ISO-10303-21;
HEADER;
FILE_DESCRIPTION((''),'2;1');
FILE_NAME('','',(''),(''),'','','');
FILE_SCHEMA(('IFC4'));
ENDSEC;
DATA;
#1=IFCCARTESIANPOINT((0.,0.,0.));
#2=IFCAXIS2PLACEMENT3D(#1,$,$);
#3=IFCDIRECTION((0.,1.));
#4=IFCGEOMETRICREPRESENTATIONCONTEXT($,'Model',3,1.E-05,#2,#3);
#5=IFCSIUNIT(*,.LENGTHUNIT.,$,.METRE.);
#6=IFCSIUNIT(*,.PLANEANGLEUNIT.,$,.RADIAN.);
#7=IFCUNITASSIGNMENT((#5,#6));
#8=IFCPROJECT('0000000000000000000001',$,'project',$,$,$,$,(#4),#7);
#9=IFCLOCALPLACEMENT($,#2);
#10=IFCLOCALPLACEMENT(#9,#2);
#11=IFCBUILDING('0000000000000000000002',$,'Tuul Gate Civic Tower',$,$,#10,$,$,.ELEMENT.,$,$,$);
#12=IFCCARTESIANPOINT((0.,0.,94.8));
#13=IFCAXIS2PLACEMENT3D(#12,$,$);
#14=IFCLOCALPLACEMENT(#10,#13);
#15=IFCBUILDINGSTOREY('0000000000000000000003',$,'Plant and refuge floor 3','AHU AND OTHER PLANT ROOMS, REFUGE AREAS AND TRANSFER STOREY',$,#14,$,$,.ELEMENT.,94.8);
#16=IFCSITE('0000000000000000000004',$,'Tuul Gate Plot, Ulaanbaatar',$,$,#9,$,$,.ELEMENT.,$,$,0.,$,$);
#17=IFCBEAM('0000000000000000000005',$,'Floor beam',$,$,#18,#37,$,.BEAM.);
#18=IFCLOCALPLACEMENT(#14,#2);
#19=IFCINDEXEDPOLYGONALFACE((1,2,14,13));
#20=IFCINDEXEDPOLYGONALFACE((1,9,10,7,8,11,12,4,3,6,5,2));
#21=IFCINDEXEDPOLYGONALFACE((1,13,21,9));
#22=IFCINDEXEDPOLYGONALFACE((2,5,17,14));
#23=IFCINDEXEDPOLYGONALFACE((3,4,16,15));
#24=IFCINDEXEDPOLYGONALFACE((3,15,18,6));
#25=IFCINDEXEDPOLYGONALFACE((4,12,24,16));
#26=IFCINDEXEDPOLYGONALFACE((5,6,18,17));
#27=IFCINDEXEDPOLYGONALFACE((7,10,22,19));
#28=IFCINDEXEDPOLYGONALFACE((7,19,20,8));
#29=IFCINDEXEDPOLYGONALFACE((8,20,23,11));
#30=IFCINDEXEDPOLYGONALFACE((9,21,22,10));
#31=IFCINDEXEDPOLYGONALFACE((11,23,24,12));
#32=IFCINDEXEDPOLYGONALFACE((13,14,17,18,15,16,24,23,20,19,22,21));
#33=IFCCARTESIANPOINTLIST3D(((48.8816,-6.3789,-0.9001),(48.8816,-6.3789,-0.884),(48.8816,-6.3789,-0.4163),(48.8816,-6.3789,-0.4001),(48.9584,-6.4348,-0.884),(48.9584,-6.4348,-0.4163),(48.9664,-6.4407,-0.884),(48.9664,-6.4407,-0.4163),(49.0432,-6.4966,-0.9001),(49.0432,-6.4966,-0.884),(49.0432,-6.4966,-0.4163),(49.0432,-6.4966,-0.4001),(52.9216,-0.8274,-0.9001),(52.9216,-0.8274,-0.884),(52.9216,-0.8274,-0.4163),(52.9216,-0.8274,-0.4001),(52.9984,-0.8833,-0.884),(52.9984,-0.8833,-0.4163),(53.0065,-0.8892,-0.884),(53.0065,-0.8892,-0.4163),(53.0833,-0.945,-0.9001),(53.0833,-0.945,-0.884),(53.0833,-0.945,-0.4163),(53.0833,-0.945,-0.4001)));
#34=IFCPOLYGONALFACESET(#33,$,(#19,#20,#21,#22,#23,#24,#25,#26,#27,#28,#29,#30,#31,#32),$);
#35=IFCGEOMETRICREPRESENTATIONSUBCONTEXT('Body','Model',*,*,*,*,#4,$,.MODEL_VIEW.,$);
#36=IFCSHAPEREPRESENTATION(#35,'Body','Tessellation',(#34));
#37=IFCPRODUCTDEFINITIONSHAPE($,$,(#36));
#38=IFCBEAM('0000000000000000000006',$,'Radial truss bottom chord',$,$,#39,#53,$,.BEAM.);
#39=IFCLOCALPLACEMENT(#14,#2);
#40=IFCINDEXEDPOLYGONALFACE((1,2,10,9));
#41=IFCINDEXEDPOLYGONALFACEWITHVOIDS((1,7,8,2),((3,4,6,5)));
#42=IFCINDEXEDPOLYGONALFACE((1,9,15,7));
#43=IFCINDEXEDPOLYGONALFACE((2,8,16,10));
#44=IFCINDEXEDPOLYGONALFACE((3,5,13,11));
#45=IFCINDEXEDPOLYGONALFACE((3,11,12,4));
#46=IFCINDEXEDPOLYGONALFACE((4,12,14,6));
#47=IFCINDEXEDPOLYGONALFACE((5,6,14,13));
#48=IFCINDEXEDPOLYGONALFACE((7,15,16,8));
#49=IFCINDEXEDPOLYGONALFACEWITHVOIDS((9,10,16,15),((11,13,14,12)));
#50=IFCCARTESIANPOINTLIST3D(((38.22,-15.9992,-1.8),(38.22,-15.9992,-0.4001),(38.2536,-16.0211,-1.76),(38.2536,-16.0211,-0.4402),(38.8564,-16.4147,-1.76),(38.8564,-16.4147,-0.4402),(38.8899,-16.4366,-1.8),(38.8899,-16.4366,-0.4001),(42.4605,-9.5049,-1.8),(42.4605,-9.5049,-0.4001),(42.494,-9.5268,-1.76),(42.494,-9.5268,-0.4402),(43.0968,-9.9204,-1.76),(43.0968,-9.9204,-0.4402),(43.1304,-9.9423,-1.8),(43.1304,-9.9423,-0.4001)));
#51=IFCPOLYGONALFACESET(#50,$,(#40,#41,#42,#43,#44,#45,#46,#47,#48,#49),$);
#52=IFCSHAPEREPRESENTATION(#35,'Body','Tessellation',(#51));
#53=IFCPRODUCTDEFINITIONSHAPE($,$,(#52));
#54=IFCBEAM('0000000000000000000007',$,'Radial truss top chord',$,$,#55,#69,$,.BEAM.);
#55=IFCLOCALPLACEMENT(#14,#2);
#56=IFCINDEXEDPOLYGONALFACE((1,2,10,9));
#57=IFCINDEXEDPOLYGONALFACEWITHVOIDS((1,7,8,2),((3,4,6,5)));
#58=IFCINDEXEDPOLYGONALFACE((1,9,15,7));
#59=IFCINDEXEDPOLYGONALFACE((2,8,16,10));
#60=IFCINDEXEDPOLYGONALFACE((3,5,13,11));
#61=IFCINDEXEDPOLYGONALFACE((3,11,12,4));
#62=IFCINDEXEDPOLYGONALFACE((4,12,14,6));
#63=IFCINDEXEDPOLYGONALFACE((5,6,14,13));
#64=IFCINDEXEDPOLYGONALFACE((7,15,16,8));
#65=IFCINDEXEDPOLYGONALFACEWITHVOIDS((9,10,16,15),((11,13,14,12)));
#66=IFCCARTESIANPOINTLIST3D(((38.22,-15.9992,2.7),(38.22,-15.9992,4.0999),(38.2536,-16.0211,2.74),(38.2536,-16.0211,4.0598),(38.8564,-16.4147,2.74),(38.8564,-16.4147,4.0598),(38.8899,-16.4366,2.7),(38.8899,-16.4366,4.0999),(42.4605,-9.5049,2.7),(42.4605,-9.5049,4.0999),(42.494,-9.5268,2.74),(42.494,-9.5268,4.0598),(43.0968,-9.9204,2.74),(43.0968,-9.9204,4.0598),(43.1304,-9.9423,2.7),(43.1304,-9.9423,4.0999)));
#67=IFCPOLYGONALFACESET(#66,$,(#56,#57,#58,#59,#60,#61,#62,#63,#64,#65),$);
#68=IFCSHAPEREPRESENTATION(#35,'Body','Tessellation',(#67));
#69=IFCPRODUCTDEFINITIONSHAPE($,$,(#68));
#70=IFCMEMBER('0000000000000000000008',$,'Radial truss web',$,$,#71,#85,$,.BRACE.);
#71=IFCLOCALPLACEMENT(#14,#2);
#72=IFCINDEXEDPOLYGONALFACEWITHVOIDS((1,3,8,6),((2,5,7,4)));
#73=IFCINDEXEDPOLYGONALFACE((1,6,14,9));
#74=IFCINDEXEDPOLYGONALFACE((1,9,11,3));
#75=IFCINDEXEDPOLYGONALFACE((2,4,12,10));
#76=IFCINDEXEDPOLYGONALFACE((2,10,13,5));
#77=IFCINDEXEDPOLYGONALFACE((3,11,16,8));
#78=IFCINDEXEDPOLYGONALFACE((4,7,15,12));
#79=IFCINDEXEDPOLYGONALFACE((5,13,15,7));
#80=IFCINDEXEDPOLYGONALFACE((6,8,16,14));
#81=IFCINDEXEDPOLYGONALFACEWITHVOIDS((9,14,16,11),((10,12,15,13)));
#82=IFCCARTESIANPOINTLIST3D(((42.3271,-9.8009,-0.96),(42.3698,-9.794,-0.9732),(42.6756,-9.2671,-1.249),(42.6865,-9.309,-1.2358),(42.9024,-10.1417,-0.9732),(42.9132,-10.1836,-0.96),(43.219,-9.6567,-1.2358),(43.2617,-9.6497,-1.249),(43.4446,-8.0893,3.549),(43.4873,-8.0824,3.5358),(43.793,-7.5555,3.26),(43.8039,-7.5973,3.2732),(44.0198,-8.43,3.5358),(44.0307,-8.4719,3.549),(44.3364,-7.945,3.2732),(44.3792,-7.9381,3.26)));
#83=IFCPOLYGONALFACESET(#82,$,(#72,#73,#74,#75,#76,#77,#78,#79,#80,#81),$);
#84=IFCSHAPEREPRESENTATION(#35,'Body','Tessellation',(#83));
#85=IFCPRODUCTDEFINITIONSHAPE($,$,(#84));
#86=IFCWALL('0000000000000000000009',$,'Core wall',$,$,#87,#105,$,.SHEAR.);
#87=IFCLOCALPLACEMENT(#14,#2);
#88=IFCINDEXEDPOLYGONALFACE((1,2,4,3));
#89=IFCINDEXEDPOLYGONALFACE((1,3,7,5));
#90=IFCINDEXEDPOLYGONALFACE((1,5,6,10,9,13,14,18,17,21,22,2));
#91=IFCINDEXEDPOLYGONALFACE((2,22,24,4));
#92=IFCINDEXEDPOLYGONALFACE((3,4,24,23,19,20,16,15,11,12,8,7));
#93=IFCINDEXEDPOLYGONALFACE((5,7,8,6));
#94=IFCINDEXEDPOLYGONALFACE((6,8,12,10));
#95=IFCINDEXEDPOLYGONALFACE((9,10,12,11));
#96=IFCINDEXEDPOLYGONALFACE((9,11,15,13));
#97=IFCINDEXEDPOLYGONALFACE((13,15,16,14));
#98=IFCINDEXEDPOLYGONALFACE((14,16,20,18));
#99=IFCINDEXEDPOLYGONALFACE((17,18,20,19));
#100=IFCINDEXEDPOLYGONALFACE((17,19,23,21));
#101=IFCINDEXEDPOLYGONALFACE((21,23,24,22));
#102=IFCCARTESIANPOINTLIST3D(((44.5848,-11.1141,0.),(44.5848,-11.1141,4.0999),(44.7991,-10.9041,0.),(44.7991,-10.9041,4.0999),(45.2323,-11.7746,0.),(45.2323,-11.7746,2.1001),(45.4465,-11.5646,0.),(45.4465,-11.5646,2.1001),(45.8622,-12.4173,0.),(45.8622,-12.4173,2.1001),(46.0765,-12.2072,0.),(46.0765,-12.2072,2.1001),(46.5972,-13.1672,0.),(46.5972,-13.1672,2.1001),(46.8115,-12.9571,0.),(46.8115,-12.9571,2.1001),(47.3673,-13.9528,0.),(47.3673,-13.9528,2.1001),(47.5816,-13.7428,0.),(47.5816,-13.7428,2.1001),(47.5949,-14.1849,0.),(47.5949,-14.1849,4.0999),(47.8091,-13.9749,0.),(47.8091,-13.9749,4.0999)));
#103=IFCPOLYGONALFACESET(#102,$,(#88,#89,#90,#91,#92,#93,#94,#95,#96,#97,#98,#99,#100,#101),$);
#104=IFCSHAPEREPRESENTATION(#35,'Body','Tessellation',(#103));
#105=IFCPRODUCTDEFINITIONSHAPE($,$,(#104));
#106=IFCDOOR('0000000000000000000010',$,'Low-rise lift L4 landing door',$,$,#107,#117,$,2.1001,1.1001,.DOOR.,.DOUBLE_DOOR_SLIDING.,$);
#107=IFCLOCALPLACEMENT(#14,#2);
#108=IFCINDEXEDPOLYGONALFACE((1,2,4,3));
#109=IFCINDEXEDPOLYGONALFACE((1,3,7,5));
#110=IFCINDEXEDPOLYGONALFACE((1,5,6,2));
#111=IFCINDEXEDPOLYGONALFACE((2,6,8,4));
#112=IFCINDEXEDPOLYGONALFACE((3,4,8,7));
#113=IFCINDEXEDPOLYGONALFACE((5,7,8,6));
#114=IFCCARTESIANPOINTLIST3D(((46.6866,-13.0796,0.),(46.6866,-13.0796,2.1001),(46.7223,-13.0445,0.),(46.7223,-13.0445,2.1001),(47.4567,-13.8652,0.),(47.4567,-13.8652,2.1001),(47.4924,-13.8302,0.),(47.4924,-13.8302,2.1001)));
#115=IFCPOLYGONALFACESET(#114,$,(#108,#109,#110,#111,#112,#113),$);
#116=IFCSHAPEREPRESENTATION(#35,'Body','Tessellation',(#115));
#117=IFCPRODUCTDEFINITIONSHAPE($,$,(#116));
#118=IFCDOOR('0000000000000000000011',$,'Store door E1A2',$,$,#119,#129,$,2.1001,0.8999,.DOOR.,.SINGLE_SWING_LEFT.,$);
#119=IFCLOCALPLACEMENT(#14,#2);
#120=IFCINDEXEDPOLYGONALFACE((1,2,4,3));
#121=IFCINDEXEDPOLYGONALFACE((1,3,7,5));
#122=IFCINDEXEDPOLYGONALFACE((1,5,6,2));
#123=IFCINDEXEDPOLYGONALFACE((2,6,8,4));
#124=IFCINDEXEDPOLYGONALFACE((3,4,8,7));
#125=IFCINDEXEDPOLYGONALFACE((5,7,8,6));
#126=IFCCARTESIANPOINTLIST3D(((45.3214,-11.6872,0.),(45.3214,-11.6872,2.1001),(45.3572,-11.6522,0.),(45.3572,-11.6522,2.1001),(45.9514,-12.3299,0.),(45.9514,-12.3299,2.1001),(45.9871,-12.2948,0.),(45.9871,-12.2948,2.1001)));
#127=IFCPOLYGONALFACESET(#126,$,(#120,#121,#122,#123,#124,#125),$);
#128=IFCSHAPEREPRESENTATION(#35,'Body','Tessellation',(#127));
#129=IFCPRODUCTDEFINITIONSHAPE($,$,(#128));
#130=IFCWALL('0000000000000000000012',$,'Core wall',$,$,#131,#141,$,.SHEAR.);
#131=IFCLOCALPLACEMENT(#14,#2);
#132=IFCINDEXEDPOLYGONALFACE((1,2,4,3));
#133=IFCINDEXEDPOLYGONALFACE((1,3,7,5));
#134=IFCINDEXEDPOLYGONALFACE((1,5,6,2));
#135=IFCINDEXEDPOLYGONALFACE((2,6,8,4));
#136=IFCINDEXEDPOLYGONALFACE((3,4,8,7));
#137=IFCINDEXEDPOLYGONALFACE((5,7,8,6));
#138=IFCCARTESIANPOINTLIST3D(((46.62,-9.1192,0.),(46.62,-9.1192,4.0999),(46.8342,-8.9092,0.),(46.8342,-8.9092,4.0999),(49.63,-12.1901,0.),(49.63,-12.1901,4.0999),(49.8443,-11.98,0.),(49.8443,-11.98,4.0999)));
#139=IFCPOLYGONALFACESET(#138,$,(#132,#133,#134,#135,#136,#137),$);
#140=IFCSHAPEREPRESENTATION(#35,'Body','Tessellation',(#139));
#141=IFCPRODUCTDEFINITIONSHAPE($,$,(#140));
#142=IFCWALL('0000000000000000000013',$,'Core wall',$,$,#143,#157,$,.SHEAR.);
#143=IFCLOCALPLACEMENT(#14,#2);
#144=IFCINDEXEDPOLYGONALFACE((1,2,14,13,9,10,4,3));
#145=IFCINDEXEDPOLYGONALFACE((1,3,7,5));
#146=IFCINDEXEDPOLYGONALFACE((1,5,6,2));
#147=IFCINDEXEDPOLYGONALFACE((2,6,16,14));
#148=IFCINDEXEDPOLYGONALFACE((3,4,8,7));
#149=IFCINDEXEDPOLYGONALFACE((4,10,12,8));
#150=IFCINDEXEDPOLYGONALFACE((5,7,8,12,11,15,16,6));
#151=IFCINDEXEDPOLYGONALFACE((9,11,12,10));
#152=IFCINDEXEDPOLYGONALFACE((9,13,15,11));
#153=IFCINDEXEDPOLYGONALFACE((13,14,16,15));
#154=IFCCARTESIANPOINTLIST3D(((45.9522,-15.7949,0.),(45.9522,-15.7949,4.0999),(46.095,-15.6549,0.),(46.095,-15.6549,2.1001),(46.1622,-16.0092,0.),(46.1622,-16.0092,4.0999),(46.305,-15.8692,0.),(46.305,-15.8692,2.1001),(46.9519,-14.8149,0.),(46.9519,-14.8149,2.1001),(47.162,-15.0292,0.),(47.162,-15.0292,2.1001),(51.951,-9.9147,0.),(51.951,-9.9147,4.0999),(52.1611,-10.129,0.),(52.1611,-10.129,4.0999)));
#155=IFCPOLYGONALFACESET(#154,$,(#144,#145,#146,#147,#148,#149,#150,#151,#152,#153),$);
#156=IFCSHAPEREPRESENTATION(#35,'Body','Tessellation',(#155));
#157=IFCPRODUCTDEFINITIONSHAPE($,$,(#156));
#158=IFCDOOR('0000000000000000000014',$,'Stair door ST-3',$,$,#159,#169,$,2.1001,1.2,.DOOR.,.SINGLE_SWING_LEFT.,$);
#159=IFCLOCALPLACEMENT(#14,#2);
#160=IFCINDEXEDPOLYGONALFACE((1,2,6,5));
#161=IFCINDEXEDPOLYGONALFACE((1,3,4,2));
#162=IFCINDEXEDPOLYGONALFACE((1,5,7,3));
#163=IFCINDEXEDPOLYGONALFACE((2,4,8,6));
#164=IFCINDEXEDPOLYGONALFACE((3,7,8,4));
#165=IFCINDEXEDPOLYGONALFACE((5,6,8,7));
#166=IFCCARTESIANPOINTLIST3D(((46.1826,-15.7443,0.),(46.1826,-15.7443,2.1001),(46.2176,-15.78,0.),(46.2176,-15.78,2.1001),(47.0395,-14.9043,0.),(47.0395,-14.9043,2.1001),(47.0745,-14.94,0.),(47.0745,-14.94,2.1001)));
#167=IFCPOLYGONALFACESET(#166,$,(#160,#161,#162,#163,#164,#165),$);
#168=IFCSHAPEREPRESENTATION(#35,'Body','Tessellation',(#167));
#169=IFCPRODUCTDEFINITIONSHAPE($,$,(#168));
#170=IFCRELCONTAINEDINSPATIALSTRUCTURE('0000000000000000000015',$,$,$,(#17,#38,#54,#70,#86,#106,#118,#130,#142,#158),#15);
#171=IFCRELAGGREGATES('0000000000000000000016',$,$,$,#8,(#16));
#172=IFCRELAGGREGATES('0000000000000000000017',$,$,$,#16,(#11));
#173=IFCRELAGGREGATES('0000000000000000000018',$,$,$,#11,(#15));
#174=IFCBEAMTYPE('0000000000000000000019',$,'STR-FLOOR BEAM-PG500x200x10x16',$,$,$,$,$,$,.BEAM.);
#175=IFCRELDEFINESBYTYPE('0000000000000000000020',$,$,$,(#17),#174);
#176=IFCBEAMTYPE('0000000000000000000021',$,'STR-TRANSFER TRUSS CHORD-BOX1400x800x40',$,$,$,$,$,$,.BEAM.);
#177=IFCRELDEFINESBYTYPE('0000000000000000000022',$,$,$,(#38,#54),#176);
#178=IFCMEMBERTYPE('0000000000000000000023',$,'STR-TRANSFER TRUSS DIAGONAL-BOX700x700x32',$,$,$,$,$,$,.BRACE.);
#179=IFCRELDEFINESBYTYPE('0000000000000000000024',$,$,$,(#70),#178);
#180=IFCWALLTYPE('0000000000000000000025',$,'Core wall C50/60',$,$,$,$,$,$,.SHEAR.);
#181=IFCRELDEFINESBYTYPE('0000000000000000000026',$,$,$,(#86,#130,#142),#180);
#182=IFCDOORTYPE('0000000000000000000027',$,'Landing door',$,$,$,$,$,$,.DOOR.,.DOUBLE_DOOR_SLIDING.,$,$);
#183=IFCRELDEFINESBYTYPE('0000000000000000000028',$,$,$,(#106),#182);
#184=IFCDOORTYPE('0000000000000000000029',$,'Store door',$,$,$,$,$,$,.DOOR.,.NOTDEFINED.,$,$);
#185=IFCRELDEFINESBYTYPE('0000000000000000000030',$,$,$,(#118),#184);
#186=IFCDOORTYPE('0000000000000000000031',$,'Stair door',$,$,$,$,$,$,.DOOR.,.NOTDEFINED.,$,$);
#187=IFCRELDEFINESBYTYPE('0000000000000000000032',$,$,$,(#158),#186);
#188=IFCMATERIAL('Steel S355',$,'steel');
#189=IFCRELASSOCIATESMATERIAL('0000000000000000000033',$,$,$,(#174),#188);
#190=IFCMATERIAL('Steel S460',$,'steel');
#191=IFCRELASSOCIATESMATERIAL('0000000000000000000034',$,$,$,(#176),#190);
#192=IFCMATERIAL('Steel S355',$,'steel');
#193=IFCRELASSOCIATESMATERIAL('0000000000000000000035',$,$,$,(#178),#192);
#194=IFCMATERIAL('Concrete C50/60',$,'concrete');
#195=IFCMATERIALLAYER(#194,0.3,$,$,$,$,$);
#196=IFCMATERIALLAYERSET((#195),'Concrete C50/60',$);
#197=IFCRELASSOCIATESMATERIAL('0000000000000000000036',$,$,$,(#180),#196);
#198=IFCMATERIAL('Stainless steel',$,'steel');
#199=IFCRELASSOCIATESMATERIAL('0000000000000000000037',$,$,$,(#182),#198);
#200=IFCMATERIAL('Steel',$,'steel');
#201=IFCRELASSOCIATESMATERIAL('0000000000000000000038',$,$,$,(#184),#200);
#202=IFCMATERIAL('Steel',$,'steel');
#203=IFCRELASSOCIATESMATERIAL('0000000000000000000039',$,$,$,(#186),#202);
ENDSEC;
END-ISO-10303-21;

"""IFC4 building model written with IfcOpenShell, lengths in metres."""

from ifc_helpers import new_model, si_unit, direction, frame, frame_2d, origin, origin_2d, place, context, subcontext, project, spatial, rectangle, hollow_rectangle, i_section, extrude, material, layer, layer_set, material_profile, profile_set, type_object, element, fill, save


model = new_model("IFC4")

# Units and contexts
model_context = context("Model", 3, precision=1e-05, world=origin(), true_north=direction((0.0, 1.0)))
body_context = subcontext(model_context, "Body", "Model", "MODEL_VIEW")
ifc_project = project(units=[si_unit("LENGTHUNIT", "METRE"), si_unit("PLANEANGLEUNIT", "RADIAN")], contexts=[model_context])

# Site, building, storey
site_placement = place(None, origin())
site = spatial("IfcSite", under=ifc_project, at=site_placement, Name="Tuul Gate Plot, Ulaanbaatar", CompositionType="ELEMENT", RefElevation=0.0)
building_placement = place(site_placement, origin())
building = spatial("IfcBuilding", under=site, at=building_placement, Name="Tuul Gate Civic Tower", CompositionType="ELEMENT")
storey_placement = place(building_placement, frame((0.0, 0.0, 94.8)))
storey = spatial("IfcBuildingStorey", under=building, at=storey_placement, Name="Plant and refuge floor 3", Description="AHU AND OTHER PLANT ROOMS, REFUGE AREAS AND TRANSFER STOREY", CompositionType="ELEMENT", Elevation=94.8)

# Beams
ifc_material_1 = material(Name="Steel S355", Category="steel")
ifc_material_profile_1 = material_profile(ifc_material_1, i_section(OverallWidth=0.2, OverallDepth=0.5, WebThickness=0.01, FlangeThickness=0.0161, at=origin_2d()), Name="PG500x200x10x16")
ifc_profile_set_1 = profile_set([ifc_material_profile_1], Name="Steel S355")
beam_type_1 = type_object("IfcBeamType", Name="STR-FLOOR BEAM-PG500x200x10x16", PredefinedType="BEAM", material=ifc_profile_set_1)
beam_placement = place(storey_placement, frame((48.9624, -6.4377, -0.6501), z_axis=(0.588417, 0.808558, 0.0), x_axis=(-0.808558, 0.588417, 0.0)))
element("IfcBeam", 1, at=beam_placement, inside=storey, type_object=beam_type_1, Name="Floor beam", PredefinedType="BEAM", context=body_context, shape_type="SweptSolid", body=[
    extrude(i_section(OverallWidth=0.2, OverallDepth=0.5, WebThickness=0.01, FlangeThickness=0.0161, at=origin_2d()), origin(), (0.0, 0.0, 1.0), 6.866),
])
ifc_material_2 = material(Name="Steel S460", Category="steel")
ifc_material_profile_2 = material_profile(ifc_material_2, hollow_rectangle(XDim=0.8, YDim=1.3999, WallThickness=0.04, at=origin_2d()), Name="BOX1400x800x40")
ifc_profile_set_2 = profile_set([ifc_material_profile_2], Name="Steel S460")
beam_type_2 = type_object("IfcBeamType", Name="STR-TRANSFER TRUSS CHORD-BOX1400x800x40", PredefinedType="BEAM", material=ifc_profile_set_2)
for number, where, z_axis, x_axis, name in (
    (2, (42.7954, -9.7236, -1.1001), (-0.546721, -0.837315, 0.0), (0.837315, -0.546721, 0.0), "Radial truss bottom chord"),
    (3, (42.7954, -9.7236, 3.3999), (-0.546721, -0.837315, 0.0), (0.837315, -0.546721, 0.0), "Radial truss top chord"),
):
    element("IfcBeam", number, at=place(storey_placement, frame(where, z_axis=z_axis, x_axis=x_axis)), inside=storey, type_object=beam_type_2, Name=name, PredefinedType="BEAM", context=body_context, shape_type="SweptSolid", body=[
        extrude(hollow_rectangle(XDim=0.8, YDim=1.3999, WallThickness=0.04, at=origin_2d()), origin(), (0.0, 0.0, 1.0), 7.7561),
    ])

# Member
ifc_material_3 = material(Name="Steel S355", Category="steel")
ifc_material_profile_3 = material_profile(ifc_material_3, hollow_rectangle(XDim=0.7, YDim=0.7, WallThickness=0.032, at=origin_2d()), Name="BOX700x700x32")
ifc_profile_set_3 = profile_set([ifc_material_profile_3], Name="Steel S355")
member_type = type_object("IfcMemberType", Name="STR-TRANSFER TRUSS DIAGONAL-BOX700x700x32", PredefinedType="BRACE", material=ifc_profile_set_3)
member_placement = place(storey_placement, frame((42.7944, -9.7253, -1.1045), z_axis=(0.22571, 0.34574, 0.910779), x_axis=(-0.837359, 0.546654, 0.0)))
element("IfcMember", 4, at=member_placement, inside=storey, type_object=member_type, Name="Radial truss web", PredefinedType="BRACE", context=body_context, shape_type="SweptSolid", body=[
    extrude(hollow_rectangle(XDim=0.7, YDim=0.7, WallThickness=0.032, at=origin_2d()), origin(), (0.0, 0.0, 1.0), 4.9507),
])

# Wall, openings, doors
ifc_material_4 = material(Name="Concrete C50/60", Category="concrete")
ifc_layer_1 = layer(ifc_material_4, 0.3)
ifc_layer_set_1 = layer_set([ifc_layer_1], Name="Concrete C50/60")
wall_type_1 = type_object("IfcWallType", Name="Core wall C50/60", PredefinedType="SHEAR", material=ifc_layer_set_1)
wall_1_placement = place(storey_placement, frame((47.7019, -14.0798, 0.0), z_axis=(0.0, 0.0, 1.0), x_axis=(-0.700003, 0.71414, 0.0)))
wall_1 = element("IfcWall", 5, at=wall_1_placement, inside=storey, type_object=wall_type_1, Name="Core wall", PredefinedType="SHEAR", context=body_context, shape_type="SweptSolid", body=[
    extrude(rectangle(XDim=4.3, YDim=0.3, at=frame_2d((2.1499, 0.0))), origin(), (0.0, 0.0, 1.0), 4.0999),
])
opening_1_placement = place(wall_1_placement, frame((0.325, 0.0, 0.0)))
opening_1 = element("IfcOpeningElement", 6, at=opening_1_placement, cuts=wall_1, PredefinedType="OPENING", context=body_context, shape_type="SweptSolid", body=[
    extrude(rectangle(XDim=1.1001, YDim=2.1001, at=frame_2d((0.55, 1.05))), frame((0.0, 0.1602, 0.0), z_axis=(0.0, -1.0, 0.0), x_axis=(1.0, 0.0, 0.0)), (0.0, 0.0, 1.0), 0.3201),
])
opening_2_placement = place(wall_1_placement, frame((2.4751, 0.0, 0.0)))
opening_2 = element("IfcOpeningElement", 7, at=opening_2_placement, cuts=wall_1, PredefinedType="OPENING", context=body_context, shape_type="SweptSolid", body=[
    extrude(rectangle(XDim=0.8999, YDim=2.1001, at=frame_2d((0.45, 1.05))), frame((0.0, 0.1602, 0.0), z_axis=(0.0, -1.0, 0.0), x_axis=(1.0, 0.0, 0.0)), (0.0, 0.0, 1.0), 0.3201),
])
ifc_material_5 = material(Name="Stainless steel", Category="steel")
door_type_1 = type_object("IfcDoorType", Name="Landing door", OperationType="DOUBLE_DOOR_SLIDING", PredefinedType="DOOR", material=ifc_material_5)
door_1_placement = place(opening_1_placement, origin())
door_1 = element("IfcDoor", 8, at=door_1_placement, inside=storey, type_object=door_type_1, Name="Low-rise lift L4 landing door", OperationType="DOUBLE_DOOR_SLIDING", OverallHeight=2.1001, OverallWidth=1.1001, PredefinedType="DOOR", context=body_context, shape_type="SweptSolid", body=[
    extrude(rectangle(XDim=1.1001, YDim=2.1001, at=frame_2d((0.55, 1.05))), frame((0.0, 0.0249, 0.0), z_axis=(0.0, -1.0, 0.0), x_axis=(1.0, 0.0, 0.0)), (0.0, 0.0, 1.0), 0.05),
])
fill(opening_1, door_1)
ifc_material_6 = material(Name="Steel", Category="steel")
door_type_2 = type_object("IfcDoorType", Name="Store door", OperationType="NOTDEFINED", PredefinedType="DOOR", material=ifc_material_6)
door_2_placement = place(opening_2_placement, frame((0.8999, 0.0, 0.0), z_axis=(0.0, 0.0, 1.0), x_axis=(-1.0, 0.0, 0.0)))
door_2 = element("IfcDoor", 9, at=door_2_placement, inside=storey, type_object=door_type_2, Name="Store door E1A2", OperationType="SINGLE_SWING_LEFT", OverallHeight=2.1001, OverallWidth=0.8999, PredefinedType="DOOR", context=body_context, shape_type="SweptSolid", body=[
    extrude(rectangle(XDim=0.8999, YDim=2.1001, at=frame_2d((0.45, 1.05))), frame((0.0, 0.0249, 0.0), z_axis=(0.0, -1.0, 0.0), x_axis=(1.0, 0.0, 0.0)), (0.0, 0.0, 1.0), 0.05),
])
fill(opening_2, door_2)

# Wall
wall_2_placement = place(storey_placement, frame((49.7371, -12.085, 0.0), z_axis=(0.0, 0.0, 1.0), x_axis=(-0.700003, 0.71414, 0.0)))
element("IfcWall", 10, at=wall_2_placement, inside=storey, type_object=wall_type_1, Name="Core wall", PredefinedType="SHEAR", context=body_context, shape_type="SweptSolid", body=[
    extrude(rectangle(XDim=4.3, YDim=0.3, at=frame_2d((2.1499, 0.0))), origin(), (0.0, 0.0, 1.0), 4.0999),
])

# Wall, opening, door
wall_3_placement = place(storey_placement, frame((46.0571, -15.9021, 0.0), z_axis=(0.0, 0.0, 1.0), x_axis=(0.714134, 0.700009, 0.0)))
wall_3 = element("IfcWall", 11, at=wall_3_placement, inside=storey, type_object=wall_type_1, Name="Core wall", PredefinedType="SHEAR", context=body_context, shape_type="SweptSolid", body=[
    extrude(rectangle(XDim=8.4001, YDim=0.3, at=frame_2d((4.2002, 0.0))), origin(), (0.0, 0.0, 1.0), 4.0999),
])
opening_3_placement = place(wall_3_placement, frame((0.2, 0.0, 0.0)))
opening_3 = element("IfcOpeningElement", 12, at=opening_3_placement, cuts=wall_3, PredefinedType="OPENING", context=body_context, shape_type="SweptSolid", body=[
    extrude(rectangle(XDim=1.2, YDim=2.1001, at=frame_2d((0.6001, 1.05))), frame((0.0, 0.1602, 0.0), z_axis=(0.0, -1.0, 0.0), x_axis=(1.0, 0.0, 0.0)), (0.0, 0.0, 1.0), 0.3201),
])
ifc_material_7 = material(Name="Steel", Category="steel")
door_type_3 = type_object("IfcDoorType", Name="Stair door", OperationType="NOTDEFINED", PredefinedType="DOOR", material=ifc_material_7)
door_3_placement = place(opening_3_placement, origin())
door_3 = element("IfcDoor", 13, at=door_3_placement, inside=storey, type_object=door_type_3, Name="Stair door ST-3", OperationType="SINGLE_SWING_LEFT", OverallHeight=2.1001, OverallWidth=1.2, PredefinedType="DOOR", context=body_context, shape_type="SweptSolid", body=[
    extrude(rectangle(XDim=1.2, YDim=2.1001, at=frame_2d((0.6001, 1.05))), frame((0.0, 0.0249, 0.0), z_axis=(0.0, -1.0, 0.0), x_axis=(1.0, 0.0, 0.0)), (0.0, 0.0, 1.0), 0.05),
])
fill(opening_3, door_3)

save(model, "model.ifc")
